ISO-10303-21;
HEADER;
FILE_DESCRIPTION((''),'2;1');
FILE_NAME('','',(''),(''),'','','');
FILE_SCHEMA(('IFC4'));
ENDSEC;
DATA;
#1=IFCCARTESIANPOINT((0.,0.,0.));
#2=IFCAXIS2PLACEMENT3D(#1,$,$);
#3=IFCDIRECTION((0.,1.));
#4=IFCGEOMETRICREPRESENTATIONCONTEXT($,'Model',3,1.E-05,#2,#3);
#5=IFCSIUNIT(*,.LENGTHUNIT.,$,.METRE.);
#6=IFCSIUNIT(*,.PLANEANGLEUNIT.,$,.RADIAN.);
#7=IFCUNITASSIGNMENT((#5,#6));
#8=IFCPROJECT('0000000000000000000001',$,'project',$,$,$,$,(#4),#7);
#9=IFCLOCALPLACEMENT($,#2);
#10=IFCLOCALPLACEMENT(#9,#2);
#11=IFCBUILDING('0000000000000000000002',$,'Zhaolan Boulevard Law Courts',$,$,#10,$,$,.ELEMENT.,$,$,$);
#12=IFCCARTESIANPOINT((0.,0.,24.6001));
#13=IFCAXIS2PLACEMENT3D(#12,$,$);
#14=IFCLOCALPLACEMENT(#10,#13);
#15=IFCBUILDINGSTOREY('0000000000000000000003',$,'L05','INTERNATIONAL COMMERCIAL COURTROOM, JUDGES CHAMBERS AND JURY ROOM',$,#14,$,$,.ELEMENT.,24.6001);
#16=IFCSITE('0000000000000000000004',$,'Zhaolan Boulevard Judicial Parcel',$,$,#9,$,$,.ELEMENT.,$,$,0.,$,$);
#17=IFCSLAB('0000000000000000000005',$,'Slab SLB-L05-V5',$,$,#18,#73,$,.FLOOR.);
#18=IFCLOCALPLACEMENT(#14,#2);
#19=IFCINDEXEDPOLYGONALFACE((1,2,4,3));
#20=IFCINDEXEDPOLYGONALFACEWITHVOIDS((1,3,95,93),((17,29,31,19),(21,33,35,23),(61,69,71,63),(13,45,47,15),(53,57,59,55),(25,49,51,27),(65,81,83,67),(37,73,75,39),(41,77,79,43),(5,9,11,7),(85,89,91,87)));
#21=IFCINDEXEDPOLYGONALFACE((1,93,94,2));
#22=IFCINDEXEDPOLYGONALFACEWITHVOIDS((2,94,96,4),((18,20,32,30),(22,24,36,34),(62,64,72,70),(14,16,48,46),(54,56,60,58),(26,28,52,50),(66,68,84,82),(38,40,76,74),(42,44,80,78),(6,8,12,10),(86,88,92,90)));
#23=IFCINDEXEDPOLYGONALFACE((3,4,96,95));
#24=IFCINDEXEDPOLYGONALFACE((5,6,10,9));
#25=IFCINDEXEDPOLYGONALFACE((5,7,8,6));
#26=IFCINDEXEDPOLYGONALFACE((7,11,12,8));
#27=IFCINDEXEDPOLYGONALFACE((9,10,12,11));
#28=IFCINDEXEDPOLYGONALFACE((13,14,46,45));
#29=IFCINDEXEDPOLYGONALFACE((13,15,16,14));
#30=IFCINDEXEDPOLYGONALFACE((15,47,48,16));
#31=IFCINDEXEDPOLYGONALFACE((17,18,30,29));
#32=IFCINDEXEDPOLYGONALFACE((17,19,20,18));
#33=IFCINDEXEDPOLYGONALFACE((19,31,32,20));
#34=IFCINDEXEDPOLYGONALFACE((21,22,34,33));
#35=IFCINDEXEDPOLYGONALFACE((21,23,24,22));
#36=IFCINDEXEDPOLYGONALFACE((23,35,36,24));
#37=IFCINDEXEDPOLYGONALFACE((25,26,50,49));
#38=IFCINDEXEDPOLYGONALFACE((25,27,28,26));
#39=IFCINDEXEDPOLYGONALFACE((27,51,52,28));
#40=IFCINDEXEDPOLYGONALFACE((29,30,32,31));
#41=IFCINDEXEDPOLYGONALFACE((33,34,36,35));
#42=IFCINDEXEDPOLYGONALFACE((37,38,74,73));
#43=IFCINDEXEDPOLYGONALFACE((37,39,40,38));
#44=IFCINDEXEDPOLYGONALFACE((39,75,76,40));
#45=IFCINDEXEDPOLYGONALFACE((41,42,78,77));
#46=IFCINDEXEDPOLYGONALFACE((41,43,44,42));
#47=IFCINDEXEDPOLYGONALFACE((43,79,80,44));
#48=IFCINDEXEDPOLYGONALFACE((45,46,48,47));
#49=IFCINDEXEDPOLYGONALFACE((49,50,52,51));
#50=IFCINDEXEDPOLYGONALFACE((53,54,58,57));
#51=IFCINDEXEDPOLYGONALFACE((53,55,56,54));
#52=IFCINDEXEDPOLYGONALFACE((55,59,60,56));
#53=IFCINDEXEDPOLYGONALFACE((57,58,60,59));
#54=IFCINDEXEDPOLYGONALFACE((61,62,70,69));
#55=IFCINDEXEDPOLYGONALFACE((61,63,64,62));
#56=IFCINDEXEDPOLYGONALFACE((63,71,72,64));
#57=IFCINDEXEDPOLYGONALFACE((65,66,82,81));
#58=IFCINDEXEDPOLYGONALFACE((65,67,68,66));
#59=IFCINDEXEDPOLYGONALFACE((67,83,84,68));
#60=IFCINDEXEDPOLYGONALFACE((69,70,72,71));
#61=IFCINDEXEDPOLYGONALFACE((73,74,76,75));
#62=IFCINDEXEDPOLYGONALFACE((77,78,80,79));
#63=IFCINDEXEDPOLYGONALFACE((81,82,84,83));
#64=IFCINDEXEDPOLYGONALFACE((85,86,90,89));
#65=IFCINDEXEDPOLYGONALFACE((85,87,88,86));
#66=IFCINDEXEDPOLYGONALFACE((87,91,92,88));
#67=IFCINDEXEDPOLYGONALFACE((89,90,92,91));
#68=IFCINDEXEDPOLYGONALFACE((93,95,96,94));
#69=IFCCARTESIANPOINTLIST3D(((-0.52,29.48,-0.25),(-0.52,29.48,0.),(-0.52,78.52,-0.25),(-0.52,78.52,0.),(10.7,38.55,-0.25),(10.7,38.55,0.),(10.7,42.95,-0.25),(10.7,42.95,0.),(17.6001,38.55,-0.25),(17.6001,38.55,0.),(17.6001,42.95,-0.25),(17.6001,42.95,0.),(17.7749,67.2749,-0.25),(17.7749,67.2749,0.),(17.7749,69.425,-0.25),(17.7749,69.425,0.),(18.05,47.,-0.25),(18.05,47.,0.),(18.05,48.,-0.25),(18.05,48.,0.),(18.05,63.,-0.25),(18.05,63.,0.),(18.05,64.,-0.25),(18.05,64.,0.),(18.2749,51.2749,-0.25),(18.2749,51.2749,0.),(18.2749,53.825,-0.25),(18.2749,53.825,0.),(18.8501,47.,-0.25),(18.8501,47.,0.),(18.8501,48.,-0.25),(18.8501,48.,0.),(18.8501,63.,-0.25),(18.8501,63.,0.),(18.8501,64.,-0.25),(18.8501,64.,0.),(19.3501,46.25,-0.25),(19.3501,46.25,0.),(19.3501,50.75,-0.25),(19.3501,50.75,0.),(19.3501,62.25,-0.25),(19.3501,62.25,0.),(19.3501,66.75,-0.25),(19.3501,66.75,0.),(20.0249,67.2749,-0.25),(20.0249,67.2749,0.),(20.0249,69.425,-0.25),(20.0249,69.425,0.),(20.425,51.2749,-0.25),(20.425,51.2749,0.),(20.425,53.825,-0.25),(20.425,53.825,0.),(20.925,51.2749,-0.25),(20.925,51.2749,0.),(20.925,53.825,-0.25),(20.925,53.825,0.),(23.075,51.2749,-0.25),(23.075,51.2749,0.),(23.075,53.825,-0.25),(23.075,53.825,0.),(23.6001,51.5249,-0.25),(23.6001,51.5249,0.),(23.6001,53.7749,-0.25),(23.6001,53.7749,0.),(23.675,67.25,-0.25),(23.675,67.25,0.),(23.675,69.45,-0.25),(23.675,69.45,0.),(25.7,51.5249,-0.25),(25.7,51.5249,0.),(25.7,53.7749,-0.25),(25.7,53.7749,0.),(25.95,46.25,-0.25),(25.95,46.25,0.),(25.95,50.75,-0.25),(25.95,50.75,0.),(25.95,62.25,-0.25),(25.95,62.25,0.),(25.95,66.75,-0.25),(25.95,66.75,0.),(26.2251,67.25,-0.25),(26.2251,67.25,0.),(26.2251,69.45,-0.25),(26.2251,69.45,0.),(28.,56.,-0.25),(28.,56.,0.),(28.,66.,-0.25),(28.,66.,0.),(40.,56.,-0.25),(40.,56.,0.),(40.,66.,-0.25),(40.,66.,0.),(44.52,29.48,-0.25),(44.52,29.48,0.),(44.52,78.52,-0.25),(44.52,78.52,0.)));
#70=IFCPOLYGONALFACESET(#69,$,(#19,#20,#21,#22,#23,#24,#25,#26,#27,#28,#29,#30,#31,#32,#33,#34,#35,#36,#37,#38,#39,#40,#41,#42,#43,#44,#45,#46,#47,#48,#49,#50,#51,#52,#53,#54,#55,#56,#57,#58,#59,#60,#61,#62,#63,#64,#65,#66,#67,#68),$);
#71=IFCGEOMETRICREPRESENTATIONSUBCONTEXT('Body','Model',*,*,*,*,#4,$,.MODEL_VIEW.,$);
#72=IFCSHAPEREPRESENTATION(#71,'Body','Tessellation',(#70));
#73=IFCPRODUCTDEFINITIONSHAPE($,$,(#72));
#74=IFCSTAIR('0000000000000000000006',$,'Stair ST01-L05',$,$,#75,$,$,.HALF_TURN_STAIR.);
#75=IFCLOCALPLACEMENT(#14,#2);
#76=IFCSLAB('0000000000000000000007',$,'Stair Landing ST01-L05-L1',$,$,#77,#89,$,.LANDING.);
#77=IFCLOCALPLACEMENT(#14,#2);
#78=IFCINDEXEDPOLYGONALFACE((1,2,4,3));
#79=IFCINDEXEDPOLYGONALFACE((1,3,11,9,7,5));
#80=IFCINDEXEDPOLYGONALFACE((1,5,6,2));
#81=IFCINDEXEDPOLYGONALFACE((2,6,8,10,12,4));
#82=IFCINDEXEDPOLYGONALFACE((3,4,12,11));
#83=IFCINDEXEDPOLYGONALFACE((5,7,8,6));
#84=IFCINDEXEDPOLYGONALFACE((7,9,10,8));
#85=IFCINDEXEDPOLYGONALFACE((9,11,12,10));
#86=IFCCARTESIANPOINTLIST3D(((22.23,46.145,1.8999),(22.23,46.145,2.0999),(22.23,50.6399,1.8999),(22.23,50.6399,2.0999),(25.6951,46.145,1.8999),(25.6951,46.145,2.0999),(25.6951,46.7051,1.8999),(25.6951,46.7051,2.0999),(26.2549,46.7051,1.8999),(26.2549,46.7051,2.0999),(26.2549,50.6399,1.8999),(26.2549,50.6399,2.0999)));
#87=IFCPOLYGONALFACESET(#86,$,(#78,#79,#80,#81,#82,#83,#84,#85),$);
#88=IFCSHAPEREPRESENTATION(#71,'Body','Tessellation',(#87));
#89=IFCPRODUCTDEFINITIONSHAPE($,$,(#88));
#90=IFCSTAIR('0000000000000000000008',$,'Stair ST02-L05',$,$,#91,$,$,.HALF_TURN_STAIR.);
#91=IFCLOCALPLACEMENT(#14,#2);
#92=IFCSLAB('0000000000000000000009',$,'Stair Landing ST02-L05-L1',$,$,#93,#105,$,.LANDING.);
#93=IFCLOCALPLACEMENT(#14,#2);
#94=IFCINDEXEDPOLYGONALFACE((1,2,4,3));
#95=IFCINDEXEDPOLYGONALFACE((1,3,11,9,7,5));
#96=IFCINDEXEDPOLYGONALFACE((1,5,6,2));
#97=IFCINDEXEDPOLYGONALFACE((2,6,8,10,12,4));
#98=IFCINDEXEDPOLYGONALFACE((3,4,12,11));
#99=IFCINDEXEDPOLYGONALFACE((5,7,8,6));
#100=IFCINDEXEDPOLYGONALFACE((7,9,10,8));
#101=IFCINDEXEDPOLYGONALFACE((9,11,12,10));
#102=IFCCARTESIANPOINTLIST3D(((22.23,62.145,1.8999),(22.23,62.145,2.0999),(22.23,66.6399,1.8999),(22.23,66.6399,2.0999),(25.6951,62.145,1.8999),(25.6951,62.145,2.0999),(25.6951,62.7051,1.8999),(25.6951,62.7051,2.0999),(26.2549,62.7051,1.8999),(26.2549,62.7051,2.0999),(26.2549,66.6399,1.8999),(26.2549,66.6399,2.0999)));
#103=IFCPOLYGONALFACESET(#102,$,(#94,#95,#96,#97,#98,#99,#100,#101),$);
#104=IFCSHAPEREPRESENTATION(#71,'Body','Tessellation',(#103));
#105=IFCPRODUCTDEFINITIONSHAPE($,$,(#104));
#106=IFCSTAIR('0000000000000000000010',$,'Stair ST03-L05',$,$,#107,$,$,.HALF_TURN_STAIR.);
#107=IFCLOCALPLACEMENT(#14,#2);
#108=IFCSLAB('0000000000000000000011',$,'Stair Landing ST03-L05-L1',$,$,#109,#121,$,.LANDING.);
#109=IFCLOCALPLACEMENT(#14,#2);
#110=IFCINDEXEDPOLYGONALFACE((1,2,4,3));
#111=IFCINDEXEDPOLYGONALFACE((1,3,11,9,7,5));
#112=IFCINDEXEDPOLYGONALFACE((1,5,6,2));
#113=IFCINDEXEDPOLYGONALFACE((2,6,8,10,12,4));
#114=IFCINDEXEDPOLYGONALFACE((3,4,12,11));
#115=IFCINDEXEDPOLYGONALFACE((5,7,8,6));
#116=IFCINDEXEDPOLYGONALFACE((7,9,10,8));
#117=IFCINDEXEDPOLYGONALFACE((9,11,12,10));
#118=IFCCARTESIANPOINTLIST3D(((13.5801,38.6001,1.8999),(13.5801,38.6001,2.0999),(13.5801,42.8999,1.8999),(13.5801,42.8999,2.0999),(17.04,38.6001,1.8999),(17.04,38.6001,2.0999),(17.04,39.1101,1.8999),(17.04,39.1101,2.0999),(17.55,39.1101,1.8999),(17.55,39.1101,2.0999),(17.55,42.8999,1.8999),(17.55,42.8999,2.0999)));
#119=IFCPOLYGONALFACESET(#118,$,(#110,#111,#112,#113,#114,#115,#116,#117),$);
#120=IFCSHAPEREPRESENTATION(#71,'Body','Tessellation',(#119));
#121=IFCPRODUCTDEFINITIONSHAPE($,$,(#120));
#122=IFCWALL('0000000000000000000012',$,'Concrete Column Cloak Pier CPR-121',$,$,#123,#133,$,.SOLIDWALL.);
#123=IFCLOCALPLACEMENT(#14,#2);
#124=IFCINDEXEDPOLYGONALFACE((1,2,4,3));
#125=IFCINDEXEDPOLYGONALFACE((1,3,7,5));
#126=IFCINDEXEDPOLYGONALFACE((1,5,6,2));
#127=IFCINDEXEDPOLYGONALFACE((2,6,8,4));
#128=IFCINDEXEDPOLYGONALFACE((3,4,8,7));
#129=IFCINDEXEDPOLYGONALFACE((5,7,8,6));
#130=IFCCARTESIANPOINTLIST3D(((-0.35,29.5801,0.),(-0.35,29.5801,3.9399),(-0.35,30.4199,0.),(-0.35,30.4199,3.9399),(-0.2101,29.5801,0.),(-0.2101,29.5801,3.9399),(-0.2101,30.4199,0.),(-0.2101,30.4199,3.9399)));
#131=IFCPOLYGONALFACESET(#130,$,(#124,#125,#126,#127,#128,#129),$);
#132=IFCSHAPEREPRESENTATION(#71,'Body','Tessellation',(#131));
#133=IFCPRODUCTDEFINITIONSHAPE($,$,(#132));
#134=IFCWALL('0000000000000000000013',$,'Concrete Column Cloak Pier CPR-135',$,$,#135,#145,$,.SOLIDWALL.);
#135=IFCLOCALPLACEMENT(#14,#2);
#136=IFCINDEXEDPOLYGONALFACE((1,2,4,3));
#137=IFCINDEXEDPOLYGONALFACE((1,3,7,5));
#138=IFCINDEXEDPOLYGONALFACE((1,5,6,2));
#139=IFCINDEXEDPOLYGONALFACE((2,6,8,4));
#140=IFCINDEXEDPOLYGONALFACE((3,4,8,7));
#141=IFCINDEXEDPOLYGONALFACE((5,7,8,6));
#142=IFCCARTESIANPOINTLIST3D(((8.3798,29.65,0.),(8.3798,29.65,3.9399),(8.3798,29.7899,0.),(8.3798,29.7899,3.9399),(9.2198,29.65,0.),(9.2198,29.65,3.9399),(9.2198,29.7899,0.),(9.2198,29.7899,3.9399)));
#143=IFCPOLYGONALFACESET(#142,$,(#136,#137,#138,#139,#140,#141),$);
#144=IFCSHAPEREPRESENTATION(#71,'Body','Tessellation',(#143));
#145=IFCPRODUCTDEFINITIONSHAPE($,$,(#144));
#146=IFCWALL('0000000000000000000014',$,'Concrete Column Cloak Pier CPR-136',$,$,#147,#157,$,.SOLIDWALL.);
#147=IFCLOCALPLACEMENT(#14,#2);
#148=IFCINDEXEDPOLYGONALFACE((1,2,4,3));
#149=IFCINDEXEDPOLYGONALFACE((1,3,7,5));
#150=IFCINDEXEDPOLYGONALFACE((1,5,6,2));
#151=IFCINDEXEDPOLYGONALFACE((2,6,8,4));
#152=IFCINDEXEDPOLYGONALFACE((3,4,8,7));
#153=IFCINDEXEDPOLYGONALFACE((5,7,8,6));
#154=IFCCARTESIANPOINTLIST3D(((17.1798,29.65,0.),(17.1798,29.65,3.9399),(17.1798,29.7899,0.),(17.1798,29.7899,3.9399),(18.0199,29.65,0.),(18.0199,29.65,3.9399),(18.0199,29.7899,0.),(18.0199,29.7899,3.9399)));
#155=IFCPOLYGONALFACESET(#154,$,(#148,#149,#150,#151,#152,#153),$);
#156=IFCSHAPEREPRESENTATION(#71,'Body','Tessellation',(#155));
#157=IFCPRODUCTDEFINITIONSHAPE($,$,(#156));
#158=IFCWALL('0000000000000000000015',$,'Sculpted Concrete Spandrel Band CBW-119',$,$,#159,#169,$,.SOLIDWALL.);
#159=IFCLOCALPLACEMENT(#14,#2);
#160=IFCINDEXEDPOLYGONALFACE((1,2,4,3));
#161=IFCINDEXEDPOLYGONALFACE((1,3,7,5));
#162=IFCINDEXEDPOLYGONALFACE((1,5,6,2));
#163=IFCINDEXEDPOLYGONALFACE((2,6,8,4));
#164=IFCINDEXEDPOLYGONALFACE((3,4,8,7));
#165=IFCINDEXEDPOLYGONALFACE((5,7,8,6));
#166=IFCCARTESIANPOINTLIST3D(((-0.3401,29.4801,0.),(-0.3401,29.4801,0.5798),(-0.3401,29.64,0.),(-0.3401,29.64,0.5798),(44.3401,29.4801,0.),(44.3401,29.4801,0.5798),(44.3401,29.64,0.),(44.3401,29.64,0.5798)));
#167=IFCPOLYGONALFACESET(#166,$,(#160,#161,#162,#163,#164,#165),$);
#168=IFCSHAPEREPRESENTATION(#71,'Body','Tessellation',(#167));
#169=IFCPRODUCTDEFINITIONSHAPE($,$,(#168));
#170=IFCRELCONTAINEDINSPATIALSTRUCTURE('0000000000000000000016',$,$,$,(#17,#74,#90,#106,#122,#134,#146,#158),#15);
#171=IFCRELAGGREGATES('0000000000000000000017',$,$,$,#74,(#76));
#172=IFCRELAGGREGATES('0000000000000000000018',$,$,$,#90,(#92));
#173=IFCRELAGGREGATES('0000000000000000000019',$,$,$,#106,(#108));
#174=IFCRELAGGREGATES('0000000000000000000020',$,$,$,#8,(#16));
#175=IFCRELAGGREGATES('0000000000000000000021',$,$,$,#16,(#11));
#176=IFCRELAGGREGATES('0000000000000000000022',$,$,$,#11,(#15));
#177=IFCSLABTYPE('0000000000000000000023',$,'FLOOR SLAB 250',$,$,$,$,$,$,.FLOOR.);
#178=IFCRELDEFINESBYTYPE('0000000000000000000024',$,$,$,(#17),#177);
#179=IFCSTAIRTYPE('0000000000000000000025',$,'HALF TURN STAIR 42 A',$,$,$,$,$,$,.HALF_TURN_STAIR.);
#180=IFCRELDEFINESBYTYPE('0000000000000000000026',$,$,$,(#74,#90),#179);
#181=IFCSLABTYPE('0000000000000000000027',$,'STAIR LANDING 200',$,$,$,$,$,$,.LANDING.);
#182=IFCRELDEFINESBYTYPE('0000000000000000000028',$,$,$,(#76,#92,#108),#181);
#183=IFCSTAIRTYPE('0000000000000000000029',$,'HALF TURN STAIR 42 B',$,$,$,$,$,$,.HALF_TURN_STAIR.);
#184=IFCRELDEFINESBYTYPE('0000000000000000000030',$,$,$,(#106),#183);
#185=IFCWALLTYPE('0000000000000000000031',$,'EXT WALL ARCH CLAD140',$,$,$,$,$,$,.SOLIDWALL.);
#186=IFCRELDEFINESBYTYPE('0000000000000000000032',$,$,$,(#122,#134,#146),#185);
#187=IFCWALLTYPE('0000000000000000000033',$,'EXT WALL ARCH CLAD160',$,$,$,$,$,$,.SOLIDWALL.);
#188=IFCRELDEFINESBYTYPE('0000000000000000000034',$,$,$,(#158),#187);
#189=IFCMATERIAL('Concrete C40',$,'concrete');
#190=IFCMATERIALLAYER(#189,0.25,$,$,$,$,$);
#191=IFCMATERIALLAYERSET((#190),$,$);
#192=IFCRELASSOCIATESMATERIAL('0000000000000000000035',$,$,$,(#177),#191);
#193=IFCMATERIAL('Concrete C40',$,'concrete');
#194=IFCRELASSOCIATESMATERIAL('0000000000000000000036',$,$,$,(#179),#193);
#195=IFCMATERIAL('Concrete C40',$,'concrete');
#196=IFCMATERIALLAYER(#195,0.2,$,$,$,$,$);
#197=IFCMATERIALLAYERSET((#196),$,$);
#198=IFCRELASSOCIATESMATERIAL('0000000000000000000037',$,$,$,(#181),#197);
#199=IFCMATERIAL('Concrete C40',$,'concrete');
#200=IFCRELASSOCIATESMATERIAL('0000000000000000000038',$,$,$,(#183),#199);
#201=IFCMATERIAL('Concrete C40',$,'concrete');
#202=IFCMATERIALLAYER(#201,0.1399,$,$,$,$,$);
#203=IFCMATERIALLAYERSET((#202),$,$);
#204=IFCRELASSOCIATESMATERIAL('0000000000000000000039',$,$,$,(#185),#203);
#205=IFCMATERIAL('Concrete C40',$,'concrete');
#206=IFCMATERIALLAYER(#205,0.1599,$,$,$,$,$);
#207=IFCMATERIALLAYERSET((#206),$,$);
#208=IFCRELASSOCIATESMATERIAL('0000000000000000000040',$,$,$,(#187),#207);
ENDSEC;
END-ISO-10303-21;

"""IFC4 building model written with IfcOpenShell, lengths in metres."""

from ifc_helpers import new_model, si_unit, direction, frame, frame_2d, origin, place, context, subcontext, project, spatial, polyline, rectangle, outline, extrude, material, layer, layer_set, type_object, element, aggregate, save


model = new_model("IFC4")

# Units and contexts
model_context = context("Model", 3, precision=1e-05, world=origin(), true_north=direction((0.0, 1.0)))
body_context = subcontext(model_context, "Body", "Model", "MODEL_VIEW")
ifc_project = project(units=[si_unit("LENGTHUNIT", "METRE"), si_unit("PLANEANGLEUNIT", "RADIAN")], contexts=[model_context])

# Site, building, storey
site_placement = place(None, origin())
site = spatial("IfcSite", under=ifc_project, at=site_placement, Name="Zhaolan Boulevard Judicial Parcel", CompositionType="ELEMENT", RefElevation=0.0)
building_placement = place(site_placement, origin())
building = spatial("IfcBuilding", under=site, at=building_placement, Name="Zhaolan Boulevard Law Courts", CompositionType="ELEMENT")
storey_placement = place(building_placement, frame((0.0, 0.0, 24.6001)))
storey = spatial("IfcBuildingStorey", under=building, at=storey_placement, Name="L05", Description="INTERNATIONAL COMMERCIAL COURTROOM, JUDGES CHAMBERS AND JURY ROOM", CompositionType="ELEMENT", Elevation=24.6001)

# Slab
ifc_material_1 = material(Name="Concrete C40", Category="concrete")
ifc_layer_1 = layer(ifc_material_1, 0.25)
ifc_layer_set_1 = layer_set([ifc_layer_1])
slab_type_1 = type_object("IfcSlabType", Name="FLOOR SLAB 250", PredefinedType="FLOOR", material=ifc_layer_set_1)
slab_1_placement = place(storey_placement, frame((0.0, 0.0, -0.25)))
element("IfcSlab", 1, at=slab_1_placement, inside=storey, type_object=slab_type_1, Name="Slab SLB-L05-V5", PredefinedType="FLOOR", context=body_context, shape_type="SweptSolid", body=[
    extrude(outline(polyline([(-0.52, 29.48), (44.52, 29.48), (44.52, 78.52), (-0.52, 78.52), (-0.52, 29.48)]), holes=[polyline([(18.2749, 51.2749), (20.425, 51.2749), (20.425, 53.825), (18.2749, 53.825), (18.2749, 51.2749)]), polyline([(20.925, 51.2749), (23.075, 51.2749), (23.075, 53.825), (20.925, 53.825), (20.925, 51.2749)]), polyline([(23.675, 67.25), (26.2251, 67.25), (26.2251, 69.45), (23.675, 69.45), (23.675, 67.25)]), polyline([(23.6001, 51.5249), (25.7, 51.5249), (25.7, 53.7749), (23.6001, 53.7749), (23.6001, 51.5249)]), polyline([(17.7749, 67.2749), (20.0249, 67.2749), (20.0249, 69.425), (17.7749, 69.425), (17.7749, 67.2749)]), polyline([(19.3501, 46.25), (25.95, 46.25), (25.95, 50.75), (19.3501, 50.75), (19.3501, 46.25)]), polyline([(19.3501, 62.25), (25.95, 62.25), (25.95, 66.75), (19.3501, 66.75), (19.3501, 62.25)]), polyline([(10.7, 38.55), (17.6001, 38.55), (17.6001, 42.95), (10.7, 42.95), (10.7, 38.55)]), polyline([(18.05, 47.0), (18.8501, 47.0), (18.8501, 48.0), (18.05, 48.0), (18.05, 47.0)]), polyline([(18.05, 63.0), (18.8501, 63.0), (18.8501, 64.0), (18.05, 64.0), (18.05, 63.0)]), polyline([(28.0, 56.0), (40.0, 56.0), (40.0, 66.0), (28.0, 66.0), (28.0, 56.0)])]), origin(), (0.0, 0.0, 1.0), 0.25),
])

# Stairs, slabs
ifc_material_2 = material(Name="Concrete C40", Category="concrete")
stair_type_1 = type_object("IfcStairType", Name="HALF TURN STAIR 42 A", PredefinedType="HALF_TURN_STAIR", material=ifc_material_2)
stair_1_placement = place(storey_placement, origin())
stair_1 = element("IfcStair", 2, at=stair_1_placement, inside=storey, type_object=stair_type_1, Name="Stair ST01-L05", PredefinedType="HALF_TURN_STAIR")
ifc_material_3 = material(Name="Concrete C40", Category="concrete")
ifc_layer_2 = layer(ifc_material_3, 0.2)
ifc_layer_set_2 = layer_set([ifc_layer_2])
slab_type_2 = type_object("IfcSlabType", Name="STAIR LANDING 200", PredefinedType="LANDING", material=ifc_layer_set_2)
slab_2_placement = place(storey_placement, frame((0.0, 0.0, 1.8999)))
slab_2 = element("IfcSlab", 3, at=slab_2_placement, type_object=slab_type_2, Name="Stair Landing ST01-L05-L1", PredefinedType="LANDING", context=body_context, shape_type="SweptSolid", body=[
    extrude(outline(polyline([(22.23, 46.145), (25.6951, 46.145), (25.6951, 46.7051), (26.2549, 46.7051), (26.2549, 50.6399), (22.23, 50.6399), (22.23, 46.145)])), origin(), (0.0, 0.0, 1.0), 0.2),
])
aggregate(stair_1, [slab_2])
stair_2_placement = place(storey_placement, origin())
stair_2 = element("IfcStair", 4, at=stair_2_placement, inside=storey, type_object=stair_type_1, Name="Stair ST02-L05", PredefinedType="HALF_TURN_STAIR")
slab_3_placement = place(storey_placement, frame((0.0, 0.0, 1.8999)))
slab_3 = element("IfcSlab", 5, at=slab_3_placement, type_object=slab_type_2, Name="Stair Landing ST02-L05-L1", PredefinedType="LANDING", context=body_context, shape_type="SweptSolid", body=[
    extrude(outline(polyline([(22.23, 62.145), (25.6951, 62.145), (25.6951, 62.7051), (26.2549, 62.7051), (26.2549, 66.6399), (22.23, 66.6399), (22.23, 62.145)])), origin(), (0.0, 0.0, 1.0), 0.2),
])
aggregate(stair_2, [slab_3])
ifc_material_4 = material(Name="Concrete C40", Category="concrete")
stair_type_2 = type_object("IfcStairType", Name="HALF TURN STAIR 42 B", PredefinedType="HALF_TURN_STAIR", material=ifc_material_4)
stair_3_placement = place(storey_placement, origin())
stair_3 = element("IfcStair", 6, at=stair_3_placement, inside=storey, type_object=stair_type_2, Name="Stair ST03-L05", PredefinedType="HALF_TURN_STAIR")
slab_4_placement = place(storey_placement, frame((0.0, 0.0, 1.8999)))
slab_4 = element("IfcSlab", 7, at=slab_4_placement, type_object=slab_type_2, Name="Stair Landing ST03-L05-L1", PredefinedType="LANDING", context=body_context, shape_type="SweptSolid", body=[
    extrude(outline(polyline([(13.5801, 38.6001), (17.04, 38.6001), (17.04, 39.1101), (17.55, 39.1101), (17.55, 42.8999), (13.5801, 42.8999), (13.5801, 38.6001)])), origin(), (0.0, 0.0, 1.0), 0.2),
])
aggregate(stair_3, [slab_4])

# Walls
ifc_material_5 = material(Name="Concrete C40", Category="concrete")
ifc_layer_3 = layer(ifc_material_5, 0.1399)
ifc_layer_set_3 = layer_set([ifc_layer_3])
wall_type_1 = type_object("IfcWallType", Name="EXT WALL ARCH CLAD140", PredefinedType="SOLIDWALL", material=ifc_layer_set_3)
wall_1_placement = place(storey_placement, frame((-0.28, 29.5801, 0.0), z_axis=(0.0, 0.0, 1.0), x_axis=(0.0, 1.0, 0.0)))
element("IfcWall", 8, at=wall_1_placement, inside=storey, type_object=wall_type_1, Name="Concrete Column Cloak Pier CPR-121", PredefinedType="SOLIDWALL", context=body_context, shape_type="SweptSolid", body=[
    extrude(rectangle(XDim=0.8398, YDim=0.1399, at=frame_2d((0.4199, 0.0))), origin(), (0.0, 0.0, 1.0), 3.9399),
])
for number, where, z_axis, x_axis, name in (
    (9, (8.3799, 29.72, 0.0), (0.0, 0.0, 1.0), (1.0, 0.0, 0.0), "Concrete Column Cloak Pier CPR-135"),
    (10, (17.1799, 29.72, 0.0), (0.0, 0.0, 1.0), (1.0, 0.0, 0.0), "Concrete Column Cloak Pier CPR-136"),
):
    element("IfcWall", number, at=place(storey_placement, frame(where, z_axis=z_axis, x_axis=x_axis)), inside=storey, type_object=wall_type_1, Name=name, PredefinedType="SOLIDWALL", context=body_context, shape_type="SweptSolid", body=[
        extrude(rectangle(XDim=0.8401, YDim=0.1399, at=frame_2d((0.4199, 0.0))), origin(), (0.0, 0.0, 1.0), 3.9399),
    ])
ifc_material_6 = material(Name="Concrete C40", Category="concrete")
ifc_layer_4 = layer(ifc_material_6, 0.1599)
ifc_layer_set_4 = layer_set([ifc_layer_4])
wall_type_2 = type_object("IfcWallType", Name="EXT WALL ARCH CLAD160", PredefinedType="SOLIDWALL", material=ifc_layer_set_4)
wall_2_placement = place(storey_placement, frame((-0.3401, 29.5601, 0.0), z_axis=(0.0, 0.0, 1.0), x_axis=(1.0, 0.0, 0.0)))
element("IfcWall", 11, at=wall_2_placement, inside=storey, type_object=wall_type_2, Name="Sculpted Concrete Spandrel Band CBW-119", PredefinedType="SOLIDWALL", context=body_context, shape_type="SweptSolid", body=[
    extrude(rectangle(XDim=44.6802, YDim=0.1599, at=frame_2d((22.3401, 0.0))), origin(), (0.0, 0.0, 1.0), 0.5798),
])

save(model, "model.ifc")
